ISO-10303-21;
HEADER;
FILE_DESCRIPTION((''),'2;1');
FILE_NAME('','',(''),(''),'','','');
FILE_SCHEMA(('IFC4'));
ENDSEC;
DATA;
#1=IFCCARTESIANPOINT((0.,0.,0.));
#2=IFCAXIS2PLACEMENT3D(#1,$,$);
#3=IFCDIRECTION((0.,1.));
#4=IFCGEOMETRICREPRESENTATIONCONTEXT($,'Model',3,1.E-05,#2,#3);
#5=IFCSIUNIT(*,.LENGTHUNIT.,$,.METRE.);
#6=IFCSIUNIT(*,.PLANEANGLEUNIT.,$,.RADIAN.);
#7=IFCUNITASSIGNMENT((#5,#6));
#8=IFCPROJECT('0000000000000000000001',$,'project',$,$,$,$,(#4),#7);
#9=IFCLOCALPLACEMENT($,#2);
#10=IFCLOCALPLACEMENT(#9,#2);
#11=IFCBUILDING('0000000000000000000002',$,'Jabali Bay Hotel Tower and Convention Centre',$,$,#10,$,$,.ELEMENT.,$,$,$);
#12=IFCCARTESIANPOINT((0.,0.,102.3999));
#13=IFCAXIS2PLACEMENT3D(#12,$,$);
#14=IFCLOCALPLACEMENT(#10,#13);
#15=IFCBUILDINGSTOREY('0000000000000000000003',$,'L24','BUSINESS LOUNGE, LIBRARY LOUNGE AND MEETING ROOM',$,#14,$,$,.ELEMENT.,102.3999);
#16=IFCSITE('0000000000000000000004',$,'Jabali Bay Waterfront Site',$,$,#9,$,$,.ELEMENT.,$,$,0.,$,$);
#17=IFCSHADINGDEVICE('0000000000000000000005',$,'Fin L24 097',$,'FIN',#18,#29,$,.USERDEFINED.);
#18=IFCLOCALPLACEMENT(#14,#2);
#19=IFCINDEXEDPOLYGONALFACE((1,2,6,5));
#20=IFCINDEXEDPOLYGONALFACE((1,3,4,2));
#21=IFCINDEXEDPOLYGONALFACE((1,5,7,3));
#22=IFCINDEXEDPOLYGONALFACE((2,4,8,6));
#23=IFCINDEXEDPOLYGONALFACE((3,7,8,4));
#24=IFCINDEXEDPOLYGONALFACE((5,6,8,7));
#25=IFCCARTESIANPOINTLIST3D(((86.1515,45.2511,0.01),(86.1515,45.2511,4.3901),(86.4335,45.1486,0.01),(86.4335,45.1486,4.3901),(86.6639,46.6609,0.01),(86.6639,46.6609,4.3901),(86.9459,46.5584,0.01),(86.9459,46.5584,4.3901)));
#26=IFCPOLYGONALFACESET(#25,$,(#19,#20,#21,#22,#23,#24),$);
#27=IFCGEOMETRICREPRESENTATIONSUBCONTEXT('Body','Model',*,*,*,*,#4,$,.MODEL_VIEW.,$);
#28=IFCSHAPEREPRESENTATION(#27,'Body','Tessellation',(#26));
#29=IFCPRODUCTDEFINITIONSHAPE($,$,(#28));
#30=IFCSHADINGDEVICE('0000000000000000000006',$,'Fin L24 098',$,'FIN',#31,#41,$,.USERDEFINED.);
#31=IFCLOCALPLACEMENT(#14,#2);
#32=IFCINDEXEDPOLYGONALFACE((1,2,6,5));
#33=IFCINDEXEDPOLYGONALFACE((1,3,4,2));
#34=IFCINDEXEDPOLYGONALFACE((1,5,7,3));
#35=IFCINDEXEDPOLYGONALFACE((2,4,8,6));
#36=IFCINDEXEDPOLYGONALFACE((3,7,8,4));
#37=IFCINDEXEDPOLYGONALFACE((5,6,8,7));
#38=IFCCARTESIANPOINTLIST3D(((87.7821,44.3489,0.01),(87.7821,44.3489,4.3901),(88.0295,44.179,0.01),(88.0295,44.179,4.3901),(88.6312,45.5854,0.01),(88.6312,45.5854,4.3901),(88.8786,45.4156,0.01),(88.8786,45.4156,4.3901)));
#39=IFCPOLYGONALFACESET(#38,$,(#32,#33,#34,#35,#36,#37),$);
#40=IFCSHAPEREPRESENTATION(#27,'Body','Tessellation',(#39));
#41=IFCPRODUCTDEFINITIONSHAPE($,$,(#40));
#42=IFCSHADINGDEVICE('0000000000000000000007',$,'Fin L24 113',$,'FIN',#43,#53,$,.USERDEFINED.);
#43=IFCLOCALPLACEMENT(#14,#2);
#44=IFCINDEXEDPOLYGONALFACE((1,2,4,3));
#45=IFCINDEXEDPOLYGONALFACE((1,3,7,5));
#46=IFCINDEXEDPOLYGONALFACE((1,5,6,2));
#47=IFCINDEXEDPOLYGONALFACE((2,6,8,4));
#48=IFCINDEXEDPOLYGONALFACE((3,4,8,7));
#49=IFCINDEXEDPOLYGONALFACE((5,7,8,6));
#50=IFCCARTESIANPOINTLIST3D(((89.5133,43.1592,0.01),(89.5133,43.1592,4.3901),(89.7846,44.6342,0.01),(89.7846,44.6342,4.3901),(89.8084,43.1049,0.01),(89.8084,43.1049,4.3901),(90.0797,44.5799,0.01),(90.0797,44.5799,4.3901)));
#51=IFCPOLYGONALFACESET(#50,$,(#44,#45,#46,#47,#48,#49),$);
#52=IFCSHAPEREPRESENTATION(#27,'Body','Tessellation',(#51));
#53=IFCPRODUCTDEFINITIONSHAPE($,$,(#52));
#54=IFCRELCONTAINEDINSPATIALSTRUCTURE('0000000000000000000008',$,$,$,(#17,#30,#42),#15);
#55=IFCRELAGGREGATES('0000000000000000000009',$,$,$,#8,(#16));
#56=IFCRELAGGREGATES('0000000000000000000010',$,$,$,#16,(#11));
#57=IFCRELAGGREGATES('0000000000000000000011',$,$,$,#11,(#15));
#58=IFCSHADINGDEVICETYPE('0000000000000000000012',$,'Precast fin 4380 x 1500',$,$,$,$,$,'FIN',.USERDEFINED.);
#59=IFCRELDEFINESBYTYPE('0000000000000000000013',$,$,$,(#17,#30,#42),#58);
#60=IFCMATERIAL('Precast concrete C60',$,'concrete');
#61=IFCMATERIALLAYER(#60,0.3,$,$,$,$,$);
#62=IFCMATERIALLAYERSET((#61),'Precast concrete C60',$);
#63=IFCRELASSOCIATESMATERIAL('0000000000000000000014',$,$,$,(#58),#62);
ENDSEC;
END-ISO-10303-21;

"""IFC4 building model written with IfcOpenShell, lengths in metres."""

from ifc_helpers import new_model, si_unit, direction, frame, frame_2d, origin, place, context, subcontext, project, spatial, rectangle, extrude, material, layer, layer_set, type_object, element, save


model = new_model("IFC4")

# Units and contexts
model_context = context("Model", 3, precision=1e-05, world=origin(), true_north=direction((0.0, 1.0)))
body_context = subcontext(model_context, "Body", "Model", "MODEL_VIEW")
ifc_project = project(units=[si_unit("LENGTHUNIT", "METRE"), si_unit("PLANEANGLEUNIT", "RADIAN")], contexts=[model_context])

# Site, building, storey
site_placement = place(None, origin())
site = spatial("IfcSite", under=ifc_project, at=site_placement, Name="Jabali Bay Waterfront Site", CompositionType="ELEMENT", RefElevation=0.0)
building_placement = place(site_placement, origin())
building = spatial("IfcBuilding", under=site, at=building_placement, Name="Jabali Bay Hotel Tower and Convention Centre", CompositionType="ELEMENT")
storey_placement = place(building_placement, frame((0.0, 0.0, 102.3999)))
storey = spatial("IfcBuildingStorey", under=building, at=storey_placement, Name="L24", Description="BUSINESS LOUNGE, LIBRARY LOUNGE AND MEETING ROOM", CompositionType="ELEMENT", Elevation=102.3999)

# Shading devices
ifc_material_1 = material(Name="Precast concrete C60", Category="concrete")
ifc_layer_1 = layer(ifc_material_1, 0.3)
ifc_layer_set_1 = layer_set([ifc_layer_1], Name="Precast concrete C60")
shading_device_type = type_object("IfcShadingDeviceType", Name="Precast fin 4380 x 1500", ElementType="FIN", PredefinedType="USERDEFINED", material=ifc_layer_set_1)
for number, where, z_axis, x_axis, name in (
    (1, (86.8049, 46.6096, 0.01), (0.0, 0.0, 1.0), (-0.341652, -0.939827, 0.0), "Fin L24 097"),
    (2, (88.7549, 45.5005, 0.01), (0.0, 0.0, 1.0), (-0.566066, -0.82436, 0.0), "Fin L24 098"),
):
    element("IfcShadingDevice", number, at=place(storey_placement, frame(where, z_axis=z_axis, x_axis=x_axis)), inside=storey, type_object=shading_device_type, Name=name, ObjectType="FIN", PredefinedType="USERDEFINED", context=body_context, shape_type="SweptSolid", body=[
        extrude(rectangle(XDim=1.5, YDim=0.3, at=frame_2d((0.75, 0.0))), origin(), (0.0, 0.0, 1.0), 4.3801),
    ])
shading_device_1_placement = place(storey_placement, frame((89.9321, 44.6072, 0.01), z_axis=(0.0, 0.0, 1.0), x_axis=(-0.180848, -0.983511, 0.0)))
element("IfcShadingDevice", 3, at=shading_device_1_placement, inside=storey, type_object=shading_device_type, Name="Fin L24 113", ObjectType="FIN", PredefinedType="USERDEFINED", context=body_context, shape_type="SweptSolid", body=[
    extrude(rectangle(XDim=1.4998, YDim=0.3, at=frame_2d((0.75, 0.0))), origin(), (0.0, 0.0, 1.0), 4.3801),
])

save(model, "model.ifc")
